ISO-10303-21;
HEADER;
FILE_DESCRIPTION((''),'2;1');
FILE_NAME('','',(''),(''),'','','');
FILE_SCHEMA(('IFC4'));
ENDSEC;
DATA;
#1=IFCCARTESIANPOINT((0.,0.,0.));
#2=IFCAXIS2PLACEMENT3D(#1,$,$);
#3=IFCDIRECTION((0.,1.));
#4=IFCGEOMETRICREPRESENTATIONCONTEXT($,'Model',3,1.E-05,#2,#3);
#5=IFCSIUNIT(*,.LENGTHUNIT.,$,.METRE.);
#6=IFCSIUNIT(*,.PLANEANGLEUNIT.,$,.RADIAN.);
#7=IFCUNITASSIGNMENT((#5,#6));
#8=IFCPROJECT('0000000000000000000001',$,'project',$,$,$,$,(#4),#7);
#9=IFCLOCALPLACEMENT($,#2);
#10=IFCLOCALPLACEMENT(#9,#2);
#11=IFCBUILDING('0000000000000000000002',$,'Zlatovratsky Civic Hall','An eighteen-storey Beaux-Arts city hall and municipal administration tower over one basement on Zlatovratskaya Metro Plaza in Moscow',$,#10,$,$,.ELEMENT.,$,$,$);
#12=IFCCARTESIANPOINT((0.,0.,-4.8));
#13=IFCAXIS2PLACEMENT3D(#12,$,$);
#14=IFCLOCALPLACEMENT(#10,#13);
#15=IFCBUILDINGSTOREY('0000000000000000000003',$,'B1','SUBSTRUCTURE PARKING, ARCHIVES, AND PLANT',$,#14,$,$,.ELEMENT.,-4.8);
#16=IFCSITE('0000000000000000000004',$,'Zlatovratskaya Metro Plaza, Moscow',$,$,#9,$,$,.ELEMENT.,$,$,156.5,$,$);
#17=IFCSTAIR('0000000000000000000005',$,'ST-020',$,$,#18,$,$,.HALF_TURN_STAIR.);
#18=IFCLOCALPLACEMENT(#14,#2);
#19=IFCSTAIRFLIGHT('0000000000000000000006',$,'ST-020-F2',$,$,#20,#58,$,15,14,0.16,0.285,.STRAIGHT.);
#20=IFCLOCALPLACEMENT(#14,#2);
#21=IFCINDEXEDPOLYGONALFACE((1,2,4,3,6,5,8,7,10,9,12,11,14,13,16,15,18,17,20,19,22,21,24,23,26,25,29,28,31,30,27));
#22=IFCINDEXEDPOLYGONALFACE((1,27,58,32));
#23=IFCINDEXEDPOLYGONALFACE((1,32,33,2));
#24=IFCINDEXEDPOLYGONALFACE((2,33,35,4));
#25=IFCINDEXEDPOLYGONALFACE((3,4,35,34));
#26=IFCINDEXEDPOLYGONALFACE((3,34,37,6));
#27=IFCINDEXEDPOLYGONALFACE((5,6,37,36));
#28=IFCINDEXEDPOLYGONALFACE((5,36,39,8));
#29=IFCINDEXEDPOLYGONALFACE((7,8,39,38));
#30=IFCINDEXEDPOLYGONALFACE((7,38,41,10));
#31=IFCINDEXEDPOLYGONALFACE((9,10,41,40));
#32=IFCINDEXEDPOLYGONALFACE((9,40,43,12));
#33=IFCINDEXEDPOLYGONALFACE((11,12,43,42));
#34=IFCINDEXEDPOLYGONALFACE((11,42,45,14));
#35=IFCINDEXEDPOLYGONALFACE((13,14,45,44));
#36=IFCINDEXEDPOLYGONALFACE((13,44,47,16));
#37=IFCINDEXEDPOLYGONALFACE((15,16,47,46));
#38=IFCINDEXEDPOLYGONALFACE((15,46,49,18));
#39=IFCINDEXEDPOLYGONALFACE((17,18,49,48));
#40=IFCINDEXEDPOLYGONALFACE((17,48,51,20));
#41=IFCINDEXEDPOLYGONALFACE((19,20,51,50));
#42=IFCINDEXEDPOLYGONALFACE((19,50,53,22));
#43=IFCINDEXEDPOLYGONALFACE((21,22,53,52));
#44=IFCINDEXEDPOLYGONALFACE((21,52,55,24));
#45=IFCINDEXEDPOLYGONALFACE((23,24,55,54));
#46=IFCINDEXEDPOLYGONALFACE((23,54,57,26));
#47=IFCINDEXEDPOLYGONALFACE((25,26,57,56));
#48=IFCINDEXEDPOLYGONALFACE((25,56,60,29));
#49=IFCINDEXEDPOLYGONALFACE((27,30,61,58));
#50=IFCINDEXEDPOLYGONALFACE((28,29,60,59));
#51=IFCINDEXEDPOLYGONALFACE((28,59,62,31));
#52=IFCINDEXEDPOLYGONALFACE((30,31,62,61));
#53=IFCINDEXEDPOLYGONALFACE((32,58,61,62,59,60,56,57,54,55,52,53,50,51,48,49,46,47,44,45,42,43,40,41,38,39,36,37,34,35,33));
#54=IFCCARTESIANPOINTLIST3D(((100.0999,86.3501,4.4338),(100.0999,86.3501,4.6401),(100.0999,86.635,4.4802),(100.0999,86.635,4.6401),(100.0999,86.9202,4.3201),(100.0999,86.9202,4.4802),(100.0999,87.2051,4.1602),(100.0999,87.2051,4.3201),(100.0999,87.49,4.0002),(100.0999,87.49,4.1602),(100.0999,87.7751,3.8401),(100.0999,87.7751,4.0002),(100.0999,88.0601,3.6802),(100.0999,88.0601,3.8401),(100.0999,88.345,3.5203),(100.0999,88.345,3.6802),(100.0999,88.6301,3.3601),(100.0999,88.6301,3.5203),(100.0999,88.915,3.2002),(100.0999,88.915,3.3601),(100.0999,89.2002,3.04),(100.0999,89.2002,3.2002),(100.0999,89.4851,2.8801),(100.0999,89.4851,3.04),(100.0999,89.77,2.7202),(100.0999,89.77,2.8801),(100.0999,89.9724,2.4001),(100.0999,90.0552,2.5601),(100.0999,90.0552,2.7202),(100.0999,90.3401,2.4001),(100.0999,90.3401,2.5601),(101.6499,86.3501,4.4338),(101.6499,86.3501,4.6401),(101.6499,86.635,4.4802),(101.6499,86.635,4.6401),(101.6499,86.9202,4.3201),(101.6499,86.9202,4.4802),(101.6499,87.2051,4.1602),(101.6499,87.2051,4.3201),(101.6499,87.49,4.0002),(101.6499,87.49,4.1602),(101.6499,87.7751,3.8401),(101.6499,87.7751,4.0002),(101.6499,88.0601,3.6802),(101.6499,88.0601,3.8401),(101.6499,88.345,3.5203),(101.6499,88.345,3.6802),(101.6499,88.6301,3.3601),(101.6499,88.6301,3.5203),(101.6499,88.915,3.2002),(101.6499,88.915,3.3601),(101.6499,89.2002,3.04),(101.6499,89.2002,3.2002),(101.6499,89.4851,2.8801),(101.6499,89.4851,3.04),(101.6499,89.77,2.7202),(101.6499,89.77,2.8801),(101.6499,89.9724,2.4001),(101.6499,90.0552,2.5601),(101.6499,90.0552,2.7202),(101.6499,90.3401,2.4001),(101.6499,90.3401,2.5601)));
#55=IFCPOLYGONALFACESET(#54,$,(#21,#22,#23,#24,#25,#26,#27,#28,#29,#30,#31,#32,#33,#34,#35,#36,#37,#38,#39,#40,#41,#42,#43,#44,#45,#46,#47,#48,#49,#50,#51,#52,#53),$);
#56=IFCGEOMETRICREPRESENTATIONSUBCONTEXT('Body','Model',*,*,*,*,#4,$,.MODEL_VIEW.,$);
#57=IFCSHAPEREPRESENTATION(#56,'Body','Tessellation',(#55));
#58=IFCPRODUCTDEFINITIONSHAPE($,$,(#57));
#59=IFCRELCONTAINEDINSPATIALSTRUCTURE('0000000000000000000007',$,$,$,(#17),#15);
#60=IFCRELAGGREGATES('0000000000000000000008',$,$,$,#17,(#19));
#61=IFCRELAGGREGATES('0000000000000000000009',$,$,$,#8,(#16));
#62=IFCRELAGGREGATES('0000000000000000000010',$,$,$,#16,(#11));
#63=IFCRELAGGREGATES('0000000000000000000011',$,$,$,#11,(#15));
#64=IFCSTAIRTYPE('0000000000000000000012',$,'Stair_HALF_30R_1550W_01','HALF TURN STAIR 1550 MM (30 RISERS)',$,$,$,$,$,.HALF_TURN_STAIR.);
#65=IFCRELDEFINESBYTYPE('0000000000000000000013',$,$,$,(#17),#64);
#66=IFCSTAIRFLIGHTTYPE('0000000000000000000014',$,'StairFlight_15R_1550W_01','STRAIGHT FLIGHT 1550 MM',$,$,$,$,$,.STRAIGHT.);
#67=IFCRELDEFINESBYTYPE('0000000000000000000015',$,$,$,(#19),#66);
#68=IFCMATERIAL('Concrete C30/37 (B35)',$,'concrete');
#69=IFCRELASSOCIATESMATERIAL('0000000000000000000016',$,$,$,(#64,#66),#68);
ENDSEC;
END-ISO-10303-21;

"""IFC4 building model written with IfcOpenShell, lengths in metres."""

from ifc_helpers import new_model, si_unit, direction, frame, origin, place, context, subcontext, project, spatial, polyline, outline, extrude, material, type_object, element, aggregate, save


model = new_model("IFC4")

# Units and contexts
model_context = context("Model", 3, precision=1e-05, world=origin(), true_north=direction((0.0, 1.0)))
body_context = subcontext(model_context, "Body", "Model", "MODEL_VIEW")
ifc_project = project(units=[si_unit("LENGTHUNIT", "METRE"), si_unit("PLANEANGLEUNIT", "RADIAN")], contexts=[model_context])

# Site, building, storey
site_placement = place(None, origin())
site = spatial("IfcSite", under=ifc_project, at=site_placement, Name="Zlatovratskaya Metro Plaza, Moscow", CompositionType="ELEMENT", RefElevation=156.5)
building_placement = place(site_placement, origin())
building = spatial("IfcBuilding", under=site, at=building_placement, Name="Zlatovratsky Civic Hall", Description="An eighteen-storey Beaux-Arts city hall and municipal administration tower over one basement on Zlatovratskaya Metro Plaza in Moscow", CompositionType="ELEMENT")
storey_placement = place(building_placement, frame((0.0, 0.0, -4.8)))
storey = spatial("IfcBuildingStorey", under=building, at=storey_placement, Name="B1", Description="SUBSTRUCTURE PARKING, ARCHIVES, AND PLANT", CompositionType="ELEMENT", Elevation=-4.8)

# Stair, stair flight
ifc_material_1 = material(Name="Concrete C30/37 (B35)", Category="concrete")
stair_type = type_object("IfcStairType", Name="Stair_HALF_30R_1550W_01", Description="HALF TURN STAIR 1550 MM (30 RISERS)", PredefinedType="HALF_TURN_STAIR", material=ifc_material_1)
stair_placement = place(storey_placement, origin())
stair = element("IfcStair", 1, at=stair_placement, inside=storey, type_object=stair_type, Name="ST-020", PredefinedType="HALF_TURN_STAIR")
stair_flight_type = type_object("IfcStairFlightType", Name="StairFlight_15R_1550W_01", Description="STRAIGHT FLIGHT 1550 MM", PredefinedType="STRAIGHT", material=ifc_material_1)
stair_flight_placement = place(storey_placement, frame((100.875, 90.3401, 2.4001), z_axis=(0.0, 0.0, 1.0), x_axis=(0.0, -1.0, 0.0)))
stair_flight = element("IfcStairFlight", 2, at=stair_flight_placement, type_object=stair_flight_type, Name="ST-020-F2", NumberOfRisers=15, NumberOfTreads=14, PredefinedType="STRAIGHT", RiserHeight=0.16, TreadLength=0.285, context=body_context, shape_type="SweptSolid", body=[
    extrude(outline(polyline([(0.0, 0.0), (0.0, 0.1599), (0.2849, 0.1599), (0.2849, 0.3201), (0.5701, 0.3201), (0.5701, 0.48), (0.855, 0.48), (0.855, 0.6399), (1.1399, 0.6399), (1.1399, 0.8), (1.425, 0.8), (1.425, 0.96), (1.71, 0.96), (1.71, 1.1201), (1.9951, 1.1201), (1.9951, 1.28), (2.28, 1.28), (2.28, 1.4399), (2.5649, 1.4399), (2.5649, 1.6001), (2.8501, 1.6001), (2.8501, 1.76), (3.135, 1.76), (3.135, 1.9199), (3.4199, 1.9199), (3.4199, 2.0801), (3.7051, 2.0801), (3.7051, 2.24), (3.99, 2.24), (3.99, 2.3999), (3.99, 2.0337), (0.3677, 0.0), (0.0, 0.0)])), frame((0.0, 0.7749, 0.0), z_axis=(0.0, -1.0, 0.0), x_axis=(1.0, 0.0, 0.0)), (0.0, 0.0, 1.0), 1.55),
])
aggregate(stair, [stair_flight])

save(model, "model.ifc")
